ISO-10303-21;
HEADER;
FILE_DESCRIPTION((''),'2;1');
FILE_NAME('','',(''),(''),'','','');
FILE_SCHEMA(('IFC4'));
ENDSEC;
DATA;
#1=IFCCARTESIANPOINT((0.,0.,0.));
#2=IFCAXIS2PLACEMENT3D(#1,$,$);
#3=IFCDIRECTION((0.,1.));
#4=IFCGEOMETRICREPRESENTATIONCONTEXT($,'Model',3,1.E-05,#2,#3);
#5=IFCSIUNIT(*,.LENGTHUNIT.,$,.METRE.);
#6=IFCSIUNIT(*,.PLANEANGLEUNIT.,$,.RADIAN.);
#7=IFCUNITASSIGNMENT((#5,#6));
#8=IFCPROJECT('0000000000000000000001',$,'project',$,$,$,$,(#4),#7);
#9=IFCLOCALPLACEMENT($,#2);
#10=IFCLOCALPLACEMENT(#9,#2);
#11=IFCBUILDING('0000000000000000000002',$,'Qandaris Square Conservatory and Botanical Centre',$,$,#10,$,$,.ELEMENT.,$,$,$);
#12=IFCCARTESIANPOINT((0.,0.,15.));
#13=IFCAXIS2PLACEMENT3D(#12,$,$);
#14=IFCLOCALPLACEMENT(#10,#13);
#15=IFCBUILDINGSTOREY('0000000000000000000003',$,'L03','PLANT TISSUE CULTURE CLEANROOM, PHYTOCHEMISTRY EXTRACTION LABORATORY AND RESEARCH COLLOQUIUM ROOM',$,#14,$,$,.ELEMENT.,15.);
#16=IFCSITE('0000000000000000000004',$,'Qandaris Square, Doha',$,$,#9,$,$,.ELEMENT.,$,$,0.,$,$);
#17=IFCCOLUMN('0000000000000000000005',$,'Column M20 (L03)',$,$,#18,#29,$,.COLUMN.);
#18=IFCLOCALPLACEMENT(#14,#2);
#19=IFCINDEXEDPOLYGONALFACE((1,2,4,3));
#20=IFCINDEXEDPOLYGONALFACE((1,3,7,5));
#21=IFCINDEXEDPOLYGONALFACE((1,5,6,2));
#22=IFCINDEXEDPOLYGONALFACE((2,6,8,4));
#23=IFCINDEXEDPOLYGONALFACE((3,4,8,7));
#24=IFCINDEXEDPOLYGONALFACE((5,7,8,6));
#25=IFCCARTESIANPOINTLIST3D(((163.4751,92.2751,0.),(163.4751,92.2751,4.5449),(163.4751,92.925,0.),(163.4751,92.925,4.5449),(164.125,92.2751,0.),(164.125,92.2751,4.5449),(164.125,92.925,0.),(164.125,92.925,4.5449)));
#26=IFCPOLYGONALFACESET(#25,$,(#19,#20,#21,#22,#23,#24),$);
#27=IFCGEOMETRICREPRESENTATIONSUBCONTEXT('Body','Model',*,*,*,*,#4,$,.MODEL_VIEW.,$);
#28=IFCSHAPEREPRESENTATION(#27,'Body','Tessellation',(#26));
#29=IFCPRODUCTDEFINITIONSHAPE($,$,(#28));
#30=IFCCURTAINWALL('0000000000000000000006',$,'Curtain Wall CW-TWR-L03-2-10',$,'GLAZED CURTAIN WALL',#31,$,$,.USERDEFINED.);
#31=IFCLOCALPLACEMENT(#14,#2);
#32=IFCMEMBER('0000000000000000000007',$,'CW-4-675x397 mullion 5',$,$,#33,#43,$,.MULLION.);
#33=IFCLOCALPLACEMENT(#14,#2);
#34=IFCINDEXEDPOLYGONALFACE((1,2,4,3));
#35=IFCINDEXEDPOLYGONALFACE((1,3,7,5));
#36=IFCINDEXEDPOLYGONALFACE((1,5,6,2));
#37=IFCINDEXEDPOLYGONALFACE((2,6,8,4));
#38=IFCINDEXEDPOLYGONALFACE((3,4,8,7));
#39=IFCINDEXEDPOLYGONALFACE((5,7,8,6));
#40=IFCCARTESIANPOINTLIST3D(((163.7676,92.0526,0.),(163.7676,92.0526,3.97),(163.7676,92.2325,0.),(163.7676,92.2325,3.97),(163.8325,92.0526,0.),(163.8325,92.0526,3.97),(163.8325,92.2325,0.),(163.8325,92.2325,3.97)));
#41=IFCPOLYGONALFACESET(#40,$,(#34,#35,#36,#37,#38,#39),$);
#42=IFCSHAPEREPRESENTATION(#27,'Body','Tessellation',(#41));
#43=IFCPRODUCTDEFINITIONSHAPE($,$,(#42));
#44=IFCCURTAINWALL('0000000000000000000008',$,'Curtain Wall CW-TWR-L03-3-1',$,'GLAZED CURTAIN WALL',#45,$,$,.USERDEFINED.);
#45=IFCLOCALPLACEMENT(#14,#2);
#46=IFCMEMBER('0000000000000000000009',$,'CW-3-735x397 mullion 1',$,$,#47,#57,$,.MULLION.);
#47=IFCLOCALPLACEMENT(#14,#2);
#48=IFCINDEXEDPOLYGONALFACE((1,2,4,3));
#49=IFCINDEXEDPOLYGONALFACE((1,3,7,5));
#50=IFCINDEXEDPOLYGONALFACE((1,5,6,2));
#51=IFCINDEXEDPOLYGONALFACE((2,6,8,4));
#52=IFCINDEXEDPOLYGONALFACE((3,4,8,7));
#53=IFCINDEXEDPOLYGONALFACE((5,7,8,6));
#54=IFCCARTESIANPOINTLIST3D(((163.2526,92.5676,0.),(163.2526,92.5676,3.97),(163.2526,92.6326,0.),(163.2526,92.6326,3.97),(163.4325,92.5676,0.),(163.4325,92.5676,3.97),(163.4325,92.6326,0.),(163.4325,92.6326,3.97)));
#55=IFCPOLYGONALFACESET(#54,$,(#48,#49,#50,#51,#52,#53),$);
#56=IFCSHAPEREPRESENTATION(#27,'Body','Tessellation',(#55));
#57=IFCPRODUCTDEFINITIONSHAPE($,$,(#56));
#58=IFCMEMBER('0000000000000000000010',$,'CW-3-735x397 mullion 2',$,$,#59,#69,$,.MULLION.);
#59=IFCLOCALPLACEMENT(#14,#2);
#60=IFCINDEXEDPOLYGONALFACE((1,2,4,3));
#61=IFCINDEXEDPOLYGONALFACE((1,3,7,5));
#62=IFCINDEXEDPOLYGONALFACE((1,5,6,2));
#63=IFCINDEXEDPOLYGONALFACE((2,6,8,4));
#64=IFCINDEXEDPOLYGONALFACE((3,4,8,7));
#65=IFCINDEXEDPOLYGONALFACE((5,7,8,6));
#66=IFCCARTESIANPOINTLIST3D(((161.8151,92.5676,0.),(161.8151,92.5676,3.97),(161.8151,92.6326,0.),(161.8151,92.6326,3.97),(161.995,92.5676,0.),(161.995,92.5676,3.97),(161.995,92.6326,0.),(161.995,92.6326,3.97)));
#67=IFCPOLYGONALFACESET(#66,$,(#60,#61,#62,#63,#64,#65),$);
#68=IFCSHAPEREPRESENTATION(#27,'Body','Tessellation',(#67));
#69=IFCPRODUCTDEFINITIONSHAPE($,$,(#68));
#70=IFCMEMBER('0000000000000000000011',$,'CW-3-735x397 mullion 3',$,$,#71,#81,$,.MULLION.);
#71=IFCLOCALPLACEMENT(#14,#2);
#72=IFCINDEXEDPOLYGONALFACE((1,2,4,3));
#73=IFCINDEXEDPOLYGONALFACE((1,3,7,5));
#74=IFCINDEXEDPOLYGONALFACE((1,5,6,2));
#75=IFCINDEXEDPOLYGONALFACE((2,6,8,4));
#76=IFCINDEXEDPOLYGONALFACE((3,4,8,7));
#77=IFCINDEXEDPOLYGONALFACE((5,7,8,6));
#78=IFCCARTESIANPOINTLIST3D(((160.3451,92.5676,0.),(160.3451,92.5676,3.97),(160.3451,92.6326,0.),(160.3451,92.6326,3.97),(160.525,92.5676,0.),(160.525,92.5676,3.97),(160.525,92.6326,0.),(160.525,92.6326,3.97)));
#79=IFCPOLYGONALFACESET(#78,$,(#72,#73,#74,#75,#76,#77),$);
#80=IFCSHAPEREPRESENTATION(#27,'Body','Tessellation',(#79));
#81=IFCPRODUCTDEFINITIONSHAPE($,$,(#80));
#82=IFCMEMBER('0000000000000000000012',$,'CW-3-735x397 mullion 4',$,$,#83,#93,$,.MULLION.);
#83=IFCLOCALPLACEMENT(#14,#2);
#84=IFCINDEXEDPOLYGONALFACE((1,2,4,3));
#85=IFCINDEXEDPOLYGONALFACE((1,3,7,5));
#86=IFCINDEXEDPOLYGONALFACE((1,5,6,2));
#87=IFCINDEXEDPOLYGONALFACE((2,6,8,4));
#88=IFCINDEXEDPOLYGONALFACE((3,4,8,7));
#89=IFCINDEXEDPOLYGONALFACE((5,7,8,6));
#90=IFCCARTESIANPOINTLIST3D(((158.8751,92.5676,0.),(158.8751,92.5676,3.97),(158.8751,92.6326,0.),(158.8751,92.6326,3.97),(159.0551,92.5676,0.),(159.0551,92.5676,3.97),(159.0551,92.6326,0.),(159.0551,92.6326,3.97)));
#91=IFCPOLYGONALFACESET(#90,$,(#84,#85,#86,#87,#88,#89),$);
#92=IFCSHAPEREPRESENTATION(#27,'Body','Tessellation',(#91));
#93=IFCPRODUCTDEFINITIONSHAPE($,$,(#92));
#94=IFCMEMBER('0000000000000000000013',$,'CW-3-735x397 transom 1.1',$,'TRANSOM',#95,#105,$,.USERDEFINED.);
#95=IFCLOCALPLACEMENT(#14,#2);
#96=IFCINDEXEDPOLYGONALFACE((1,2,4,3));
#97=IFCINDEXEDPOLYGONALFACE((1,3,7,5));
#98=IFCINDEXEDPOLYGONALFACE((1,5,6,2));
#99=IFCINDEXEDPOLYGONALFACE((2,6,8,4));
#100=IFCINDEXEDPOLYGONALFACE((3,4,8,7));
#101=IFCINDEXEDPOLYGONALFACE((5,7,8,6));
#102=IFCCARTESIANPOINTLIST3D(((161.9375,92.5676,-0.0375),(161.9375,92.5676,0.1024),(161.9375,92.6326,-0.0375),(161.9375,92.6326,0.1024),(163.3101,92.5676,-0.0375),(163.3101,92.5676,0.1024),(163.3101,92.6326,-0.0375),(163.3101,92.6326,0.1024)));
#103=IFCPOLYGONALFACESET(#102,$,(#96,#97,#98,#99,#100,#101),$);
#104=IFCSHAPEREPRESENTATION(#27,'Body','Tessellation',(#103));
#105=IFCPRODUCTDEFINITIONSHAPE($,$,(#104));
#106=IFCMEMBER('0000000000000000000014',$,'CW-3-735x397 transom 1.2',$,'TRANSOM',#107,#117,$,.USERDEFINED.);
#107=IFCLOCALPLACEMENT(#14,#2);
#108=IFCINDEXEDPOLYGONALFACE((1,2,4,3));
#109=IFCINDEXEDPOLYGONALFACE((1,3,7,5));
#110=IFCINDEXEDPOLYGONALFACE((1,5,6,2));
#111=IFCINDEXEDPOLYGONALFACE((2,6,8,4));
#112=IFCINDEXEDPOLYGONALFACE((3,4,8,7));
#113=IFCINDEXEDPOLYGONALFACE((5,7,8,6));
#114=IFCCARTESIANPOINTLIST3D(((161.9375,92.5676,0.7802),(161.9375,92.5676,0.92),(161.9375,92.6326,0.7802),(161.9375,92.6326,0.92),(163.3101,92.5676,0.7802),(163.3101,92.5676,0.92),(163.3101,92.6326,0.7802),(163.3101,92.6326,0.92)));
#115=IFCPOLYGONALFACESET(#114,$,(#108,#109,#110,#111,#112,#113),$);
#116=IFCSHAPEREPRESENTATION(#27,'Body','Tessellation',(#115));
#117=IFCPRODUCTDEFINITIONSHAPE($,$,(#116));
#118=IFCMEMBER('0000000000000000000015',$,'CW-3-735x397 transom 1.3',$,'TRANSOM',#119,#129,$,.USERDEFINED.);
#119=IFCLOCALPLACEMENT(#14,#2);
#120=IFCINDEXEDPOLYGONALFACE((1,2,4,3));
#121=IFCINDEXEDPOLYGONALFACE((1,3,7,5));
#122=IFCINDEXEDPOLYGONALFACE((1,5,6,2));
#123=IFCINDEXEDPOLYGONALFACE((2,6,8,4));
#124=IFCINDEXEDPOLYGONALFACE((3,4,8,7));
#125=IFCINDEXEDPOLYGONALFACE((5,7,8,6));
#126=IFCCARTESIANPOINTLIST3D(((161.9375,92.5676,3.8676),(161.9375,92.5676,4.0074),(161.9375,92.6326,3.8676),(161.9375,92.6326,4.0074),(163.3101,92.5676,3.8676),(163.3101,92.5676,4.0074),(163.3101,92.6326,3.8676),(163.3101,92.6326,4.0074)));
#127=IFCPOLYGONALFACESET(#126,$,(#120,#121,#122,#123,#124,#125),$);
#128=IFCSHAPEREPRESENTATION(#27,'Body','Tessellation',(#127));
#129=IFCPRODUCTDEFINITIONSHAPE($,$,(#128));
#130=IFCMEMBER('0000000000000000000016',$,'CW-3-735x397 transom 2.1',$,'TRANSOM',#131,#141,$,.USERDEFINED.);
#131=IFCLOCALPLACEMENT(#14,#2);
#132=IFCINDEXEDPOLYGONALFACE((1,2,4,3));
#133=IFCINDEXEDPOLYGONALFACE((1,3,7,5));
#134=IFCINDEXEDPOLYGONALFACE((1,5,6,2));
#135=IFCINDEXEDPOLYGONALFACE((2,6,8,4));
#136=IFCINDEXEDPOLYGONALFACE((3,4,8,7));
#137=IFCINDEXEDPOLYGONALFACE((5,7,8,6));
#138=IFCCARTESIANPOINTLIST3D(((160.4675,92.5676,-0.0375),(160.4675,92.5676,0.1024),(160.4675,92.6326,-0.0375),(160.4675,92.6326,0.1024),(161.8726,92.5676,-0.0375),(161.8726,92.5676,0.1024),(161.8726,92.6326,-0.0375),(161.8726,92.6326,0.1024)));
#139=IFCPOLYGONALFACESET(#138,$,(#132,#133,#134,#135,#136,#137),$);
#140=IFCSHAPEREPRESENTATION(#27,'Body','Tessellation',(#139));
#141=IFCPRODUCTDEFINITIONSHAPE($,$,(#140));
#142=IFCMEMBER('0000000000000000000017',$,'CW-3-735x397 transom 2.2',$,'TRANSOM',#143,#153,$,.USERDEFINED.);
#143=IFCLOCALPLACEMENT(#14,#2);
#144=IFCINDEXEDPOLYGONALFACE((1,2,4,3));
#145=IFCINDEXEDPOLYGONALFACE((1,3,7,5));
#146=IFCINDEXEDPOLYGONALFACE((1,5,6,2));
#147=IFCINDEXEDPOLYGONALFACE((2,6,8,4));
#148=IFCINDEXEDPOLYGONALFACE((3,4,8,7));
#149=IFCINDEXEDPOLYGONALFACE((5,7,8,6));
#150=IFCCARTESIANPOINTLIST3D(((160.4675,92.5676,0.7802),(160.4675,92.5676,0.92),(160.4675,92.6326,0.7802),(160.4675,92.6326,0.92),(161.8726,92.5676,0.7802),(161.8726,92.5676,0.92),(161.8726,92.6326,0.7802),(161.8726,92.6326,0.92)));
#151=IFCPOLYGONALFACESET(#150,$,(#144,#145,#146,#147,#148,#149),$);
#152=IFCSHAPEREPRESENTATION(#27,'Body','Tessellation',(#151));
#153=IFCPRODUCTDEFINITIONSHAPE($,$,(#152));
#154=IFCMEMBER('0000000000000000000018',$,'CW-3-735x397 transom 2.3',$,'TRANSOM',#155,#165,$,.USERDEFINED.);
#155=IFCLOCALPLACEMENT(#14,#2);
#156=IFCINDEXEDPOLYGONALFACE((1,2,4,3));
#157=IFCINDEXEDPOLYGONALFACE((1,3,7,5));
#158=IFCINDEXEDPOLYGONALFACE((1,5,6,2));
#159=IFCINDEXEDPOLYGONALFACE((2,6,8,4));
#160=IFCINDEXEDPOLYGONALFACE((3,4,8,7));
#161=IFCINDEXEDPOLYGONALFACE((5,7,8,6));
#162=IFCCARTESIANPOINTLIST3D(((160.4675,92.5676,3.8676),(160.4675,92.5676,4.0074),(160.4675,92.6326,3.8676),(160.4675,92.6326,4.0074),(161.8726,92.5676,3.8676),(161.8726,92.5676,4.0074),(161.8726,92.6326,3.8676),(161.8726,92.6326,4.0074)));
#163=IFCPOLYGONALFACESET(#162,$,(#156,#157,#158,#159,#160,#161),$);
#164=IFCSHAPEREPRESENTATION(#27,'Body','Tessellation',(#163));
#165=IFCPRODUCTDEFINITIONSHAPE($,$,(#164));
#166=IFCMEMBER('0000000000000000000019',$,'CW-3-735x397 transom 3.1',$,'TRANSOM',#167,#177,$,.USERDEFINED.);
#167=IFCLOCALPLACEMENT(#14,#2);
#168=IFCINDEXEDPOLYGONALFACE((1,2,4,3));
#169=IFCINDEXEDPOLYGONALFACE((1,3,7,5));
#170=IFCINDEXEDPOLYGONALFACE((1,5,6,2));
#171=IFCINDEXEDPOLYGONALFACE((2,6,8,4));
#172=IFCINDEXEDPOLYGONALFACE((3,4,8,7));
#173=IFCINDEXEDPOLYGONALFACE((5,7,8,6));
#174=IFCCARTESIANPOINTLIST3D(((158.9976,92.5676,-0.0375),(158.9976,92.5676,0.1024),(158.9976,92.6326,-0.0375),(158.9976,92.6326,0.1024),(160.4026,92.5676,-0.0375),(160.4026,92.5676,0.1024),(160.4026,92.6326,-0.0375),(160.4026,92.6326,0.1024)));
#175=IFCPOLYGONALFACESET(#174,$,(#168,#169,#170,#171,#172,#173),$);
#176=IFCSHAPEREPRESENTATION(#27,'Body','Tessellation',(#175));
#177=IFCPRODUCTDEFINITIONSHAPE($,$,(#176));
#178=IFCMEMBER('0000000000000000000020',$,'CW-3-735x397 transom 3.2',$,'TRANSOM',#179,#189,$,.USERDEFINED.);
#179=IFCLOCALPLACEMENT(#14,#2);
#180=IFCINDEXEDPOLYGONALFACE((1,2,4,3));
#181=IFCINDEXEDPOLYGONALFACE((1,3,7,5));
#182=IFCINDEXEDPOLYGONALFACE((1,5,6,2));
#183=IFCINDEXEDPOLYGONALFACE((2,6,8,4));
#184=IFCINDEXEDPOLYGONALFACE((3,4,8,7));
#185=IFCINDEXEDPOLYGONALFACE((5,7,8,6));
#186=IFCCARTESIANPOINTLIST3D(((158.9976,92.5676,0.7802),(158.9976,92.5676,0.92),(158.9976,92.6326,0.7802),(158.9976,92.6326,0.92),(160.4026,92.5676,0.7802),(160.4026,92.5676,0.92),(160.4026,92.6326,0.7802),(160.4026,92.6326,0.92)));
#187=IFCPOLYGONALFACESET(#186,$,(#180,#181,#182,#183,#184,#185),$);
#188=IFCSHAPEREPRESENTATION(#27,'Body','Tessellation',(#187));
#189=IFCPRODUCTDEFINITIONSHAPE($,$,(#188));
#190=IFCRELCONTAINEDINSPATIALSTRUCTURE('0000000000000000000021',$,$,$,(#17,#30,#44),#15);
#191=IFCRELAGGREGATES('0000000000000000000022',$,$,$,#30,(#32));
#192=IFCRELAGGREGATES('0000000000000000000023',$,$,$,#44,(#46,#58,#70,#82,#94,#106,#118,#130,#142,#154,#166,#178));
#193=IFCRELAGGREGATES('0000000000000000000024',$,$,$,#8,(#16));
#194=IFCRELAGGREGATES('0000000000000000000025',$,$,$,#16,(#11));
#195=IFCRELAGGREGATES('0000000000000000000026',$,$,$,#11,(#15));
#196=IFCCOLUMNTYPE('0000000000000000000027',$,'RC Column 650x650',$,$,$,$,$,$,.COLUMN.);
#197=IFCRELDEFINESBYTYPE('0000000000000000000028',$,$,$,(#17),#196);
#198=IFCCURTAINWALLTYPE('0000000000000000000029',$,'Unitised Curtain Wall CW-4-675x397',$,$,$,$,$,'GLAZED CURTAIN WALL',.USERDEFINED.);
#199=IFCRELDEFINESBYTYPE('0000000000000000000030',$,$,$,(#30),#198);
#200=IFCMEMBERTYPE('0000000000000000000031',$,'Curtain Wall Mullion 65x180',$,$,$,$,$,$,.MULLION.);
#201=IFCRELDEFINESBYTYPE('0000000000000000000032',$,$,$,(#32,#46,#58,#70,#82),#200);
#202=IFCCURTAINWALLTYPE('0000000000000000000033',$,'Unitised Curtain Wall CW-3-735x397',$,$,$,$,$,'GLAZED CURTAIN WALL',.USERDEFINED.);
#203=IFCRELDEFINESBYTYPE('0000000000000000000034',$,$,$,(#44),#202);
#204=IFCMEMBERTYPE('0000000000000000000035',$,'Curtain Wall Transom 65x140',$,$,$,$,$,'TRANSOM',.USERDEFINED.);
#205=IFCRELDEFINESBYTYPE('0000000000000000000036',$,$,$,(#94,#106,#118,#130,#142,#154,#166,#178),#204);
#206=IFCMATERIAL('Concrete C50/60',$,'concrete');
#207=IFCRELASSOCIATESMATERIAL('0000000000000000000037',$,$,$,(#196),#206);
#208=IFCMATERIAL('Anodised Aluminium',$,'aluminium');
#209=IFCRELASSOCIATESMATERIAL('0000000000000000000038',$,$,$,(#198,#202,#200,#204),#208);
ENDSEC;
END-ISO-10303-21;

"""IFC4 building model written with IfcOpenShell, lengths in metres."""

from ifc_helpers import new_model, si_unit, direction, frame, origin, origin_2d, place, context, subcontext, project, spatial, rectangle, extrude, material, material_profile, profile_set, type_object, element, aggregate, save


model = new_model("IFC4")

# Units and contexts
model_context = context("Model", 3, precision=1e-05, world=origin(), true_north=direction((0.0, 1.0)))
body_context = subcontext(model_context, "Body", "Model", "MODEL_VIEW")
ifc_project = project(units=[si_unit("LENGTHUNIT", "METRE"), si_unit("PLANEANGLEUNIT", "RADIAN")], contexts=[model_context])

# Site, building, storey
site_placement = place(None, origin())
site = spatial("IfcSite", under=ifc_project, at=site_placement, Name="Qandaris Square, Doha", CompositionType="ELEMENT", RefElevation=0.0)
building_placement = place(site_placement, origin())
building = spatial("IfcBuilding", under=site, at=building_placement, Name="Qandaris Square Conservatory and Botanical Centre", CompositionType="ELEMENT")
storey_placement = place(building_placement, frame((0.0, 0.0, 15.0)))
storey = spatial("IfcBuildingStorey", under=building, at=storey_placement, Name="L03", Description="PLANT TISSUE CULTURE CLEANROOM, PHYTOCHEMISTRY EXTRACTION LABORATORY AND RESEARCH COLLOQUIUM ROOM", CompositionType="ELEMENT", Elevation=15.0)

# Column
ifc_material_1 = material(Name="Concrete C50/60", Category="concrete")
ifc_material_profile_1 = material_profile(ifc_material_1, rectangle(XDim=0.6499, YDim=0.6499, at=origin_2d()), Name="RC-COL 650x650")
ifc_profile_set_1 = profile_set([ifc_material_profile_1], Name="Concrete C50/60")
column_type = type_object("IfcColumnType", Name="RC Column 650x650", PredefinedType="COLUMN", material=ifc_profile_set_1)
column_placement = place(storey_placement, frame((163.8, 92.6001, 0.0), z_axis=(0.0, 0.0, 1.0), x_axis=(1.0, 0.0, 0.0)))
element("IfcColumn", 1, at=column_placement, inside=storey, type_object=column_type, Name="Column M20 (L03)", PredefinedType="COLUMN", context=body_context, shape_type="SweptSolid", body=[
    extrude(rectangle(XDim=0.6499, YDim=0.6499, at=origin_2d()), origin(), (0.0, 0.0, 1.0), 4.5449),
])

# Curtain wall, member
ifc_material_2 = material(Name="Anodised Aluminium", Category="aluminium")
curtain_wall_type_1 = type_object("IfcCurtainWallType", Name="Unitised Curtain Wall CW-4-675x397", ElementType="GLAZED CURTAIN WALL", PredefinedType="USERDEFINED", material=ifc_material_2)
curtain_wall_1_placement = place(storey_placement, origin())
curtain_wall_1 = element("IfcCurtainWall", 2, at=curtain_wall_1_placement, inside=storey, type_object=curtain_wall_type_1, Name="Curtain Wall CW-TWR-L03-2-10", ObjectType="GLAZED CURTAIN WALL", PredefinedType="USERDEFINED")
ifc_material_profile_2 = material_profile(ifc_material_2, rectangle(XDim=0.0649, YDim=0.1799, at=origin_2d()), Name="ALU-MUL 65x180")
ifc_profile_set_2 = profile_set([ifc_material_profile_2], Name="Anodised Aluminium")
member_type_1 = type_object("IfcMemberType", Name="Curtain Wall Mullion 65x180", PredefinedType="MULLION", material=ifc_profile_set_2)
member_1_placement = place(storey_placement, frame((163.8, 92.1426, 0.0), z_axis=(0.0, 0.0, 1.0), x_axis=(-1.0, 0.0, 0.0)))
member_1 = element("IfcMember", 3, at=member_1_placement, type_object=member_type_1, Name="CW-4-675x397 mullion 5", PredefinedType="MULLION", context=body_context, shape_type="SweptSolid", body=[
    extrude(rectangle(XDim=0.0649, YDim=0.1799, at=origin_2d()), origin(), (0.0, 0.0, 1.0), 3.97),
])

# Curtain wall, members
curtain_wall_type_2 = type_object("IfcCurtainWallType", Name="Unitised Curtain Wall CW-3-735x397", ElementType="GLAZED CURTAIN WALL", PredefinedType="USERDEFINED", material=ifc_material_2)
curtain_wall_2_placement = place(storey_placement, origin())
curtain_wall_2 = element("IfcCurtainWall", 4, at=curtain_wall_2_placement, inside=storey, type_object=curtain_wall_type_2, Name="Curtain Wall CW-TWR-L03-3-1", ObjectType="GLAZED CURTAIN WALL", PredefinedType="USERDEFINED")
member_2_placement = place(storey_placement, frame((163.3425, 92.6001, 0.0), z_axis=(0.0, 0.0, 1.0), x_axis=(0.0, -1.0, 0.0)))
member_2 = element("IfcMember", 5, at=member_2_placement, type_object=member_type_1, Name="CW-3-735x397 mullion 1", PredefinedType="MULLION", context=body_context, shape_type="SweptSolid", body=[
    extrude(rectangle(XDim=0.0649, YDim=0.1799, at=origin_2d()), origin(), (0.0, 0.0, 1.0), 3.97),
])
member_3_placement = place(storey_placement, frame((161.905, 92.6001, 0.0), z_axis=(0.0, 0.0, 1.0), x_axis=(0.0, -1.0, 0.0)))
member_3 = element("IfcMember", 6, at=member_3_placement, type_object=member_type_1, Name="CW-3-735x397 mullion 2", PredefinedType="MULLION", context=body_context, shape_type="SweptSolid", body=[
    extrude(rectangle(XDim=0.0649, YDim=0.1799, at=origin_2d()), origin(), (0.0, 0.0, 1.0), 3.97),
])
member_4_placement = place(storey_placement, frame((160.4351, 92.6001, 0.0), z_axis=(0.0, 0.0, 1.0), x_axis=(0.0, -1.0, 0.0)))
member_4 = element("IfcMember", 7, at=member_4_placement, type_object=member_type_1, Name="CW-3-735x397 mullion 3", PredefinedType="MULLION", context=body_context, shape_type="SweptSolid", body=[
    extrude(rectangle(XDim=0.0649, YDim=0.1799, at=origin_2d()), origin(), (0.0, 0.0, 1.0), 3.97),
])
member_5_placement = place(storey_placement, frame((158.9651, 92.6001, 0.0), z_axis=(0.0, 0.0, 1.0), x_axis=(0.0, -1.0, 0.0)))
member_5 = element("IfcMember", 8, at=member_5_placement, type_object=member_type_1, Name="CW-3-735x397 mullion 4", PredefinedType="MULLION", context=body_context, shape_type="SweptSolid", body=[
    extrude(rectangle(XDim=0.0649, YDim=0.1799, at=origin_2d()), origin(), (0.0, 0.0, 1.0), 3.97),
])
ifc_material_profile_3 = material_profile(ifc_material_2, rectangle(XDim=0.0649, YDim=0.1399, at=origin_2d()), Name="ALU-TRN 65x140")
ifc_profile_set_3 = profile_set([ifc_material_profile_3], Name="Anodised Aluminium")
member_type_2 = type_object("IfcMemberType", Name="Curtain Wall Transom 65x140", ElementType="TRANSOM", PredefinedType="USERDEFINED", material=ifc_profile_set_3)
member_6_placement = place(storey_placement, frame((163.3101, 92.6001, 0.0325), z_axis=(-1.0, 0.0, 0.0), x_axis=(0.0, -1.0, 0.0)))
member_6 = element("IfcMember", 9, at=member_6_placement, type_object=member_type_2, Name="CW-3-735x397 transom 1.1", ObjectType="TRANSOM", PredefinedType="USERDEFINED", context=body_context, shape_type="SweptSolid", body=[
    extrude(rectangle(XDim=0.0649, YDim=0.1399, at=origin_2d()), origin(), (0.0, 0.0, 1.0), 1.3726),
])
member_7_placement = place(storey_placement, frame((163.3101, 92.6001, 0.8501), z_axis=(-1.0, 0.0, 0.0), x_axis=(0.0, -1.0, 0.0)))
member_7 = element("IfcMember", 10, at=member_7_placement, type_object=member_type_2, Name="CW-3-735x397 transom 1.2", ObjectType="TRANSOM", PredefinedType="USERDEFINED", context=body_context, shape_type="SweptSolid", body=[
    extrude(rectangle(XDim=0.0649, YDim=0.1399, at=origin_2d()), origin(), (0.0, 0.0, 1.0), 1.3726),
])
member_8_placement = place(storey_placement, frame((163.3101, 92.6001, 3.9375), z_axis=(-1.0, 0.0, 0.0), x_axis=(0.0, -1.0, 0.0)))
member_8 = element("IfcMember", 11, at=member_8_placement, type_object=member_type_2, Name="CW-3-735x397 transom 1.3", ObjectType="TRANSOM", PredefinedType="USERDEFINED", context=body_context, shape_type="SweptSolid", body=[
    extrude(rectangle(XDim=0.0649, YDim=0.1399, at=origin_2d()), origin(), (0.0, 0.0, 1.0), 1.3726),
])
member_9_placement = place(storey_placement, frame((161.8726, 92.6001, 0.0325), z_axis=(-1.0, 0.0, 0.0), x_axis=(0.0, -1.0, 0.0)))
member_9 = element("IfcMember", 12, at=member_9_placement, type_object=member_type_2, Name="CW-3-735x397 transom 2.1", ObjectType="TRANSOM", PredefinedType="USERDEFINED", context=body_context, shape_type="SweptSolid", body=[
    extrude(rectangle(XDim=0.0649, YDim=0.1399, at=origin_2d()), origin(), (0.0, 0.0, 1.0), 1.405),
])
member_10_placement = place(storey_placement, frame((161.8726, 92.6001, 0.8501), z_axis=(-1.0, 0.0, 0.0), x_axis=(0.0, -1.0, 0.0)))
member_10 = element("IfcMember", 13, at=member_10_placement, type_object=member_type_2, Name="CW-3-735x397 transom 2.2", ObjectType="TRANSOM", PredefinedType="USERDEFINED", context=body_context, shape_type="SweptSolid", body=[
    extrude(rectangle(XDim=0.0649, YDim=0.1399, at=origin_2d()), origin(), (0.0, 0.0, 1.0), 1.405),
])
member_11_placement = place(storey_placement, frame((161.8726, 92.6001, 3.9375), z_axis=(-1.0, 0.0, 0.0), x_axis=(0.0, -1.0, 0.0)))
member_11 = element("IfcMember", 14, at=member_11_placement, type_object=member_type_2, Name="CW-3-735x397 transom 2.3", ObjectType="TRANSOM", PredefinedType="USERDEFINED", context=body_context, shape_type="SweptSolid", body=[
    extrude(rectangle(XDim=0.0649, YDim=0.1399, at=origin_2d()), origin(), (0.0, 0.0, 1.0), 1.405),
])
member_12_placement = place(storey_placement, frame((160.4026, 92.6001, 0.0325), z_axis=(-1.0, 0.0, 0.0), x_axis=(0.0, -1.0, 0.0)))
member_12 = element("IfcMember", 15, at=member_12_placement, type_object=member_type_2, Name="CW-3-735x397 transom 3.1", ObjectType="TRANSOM", PredefinedType="USERDEFINED", context=body_context, shape_type="SweptSolid", body=[
    extrude(rectangle(XDim=0.0649, YDim=0.1399, at=origin_2d()), origin(), (0.0, 0.0, 1.0), 1.405),
])
member_13_placement = place(storey_placement, frame((160.4026, 92.6001, 0.8501), z_axis=(-1.0, 0.0, 0.0), x_axis=(0.0, -1.0, 0.0)))
member_13 = element("IfcMember", 16, at=member_13_placement, type_object=member_type_2, Name="CW-3-735x397 transom 3.2", ObjectType="TRANSOM", PredefinedType="USERDEFINED", context=body_context, shape_type="SweptSolid", body=[
    extrude(rectangle(XDim=0.0649, YDim=0.1399, at=origin_2d()), origin(), (0.0, 0.0, 1.0), 1.405),
])

aggregate(curtain_wall_1, [member_1])
aggregate(curtain_wall_2, [member_2, member_3, member_4, member_5, member_6, member_7, member_8, member_9, member_10, member_11, member_12, member_13])

save(model, "model.ifc")
